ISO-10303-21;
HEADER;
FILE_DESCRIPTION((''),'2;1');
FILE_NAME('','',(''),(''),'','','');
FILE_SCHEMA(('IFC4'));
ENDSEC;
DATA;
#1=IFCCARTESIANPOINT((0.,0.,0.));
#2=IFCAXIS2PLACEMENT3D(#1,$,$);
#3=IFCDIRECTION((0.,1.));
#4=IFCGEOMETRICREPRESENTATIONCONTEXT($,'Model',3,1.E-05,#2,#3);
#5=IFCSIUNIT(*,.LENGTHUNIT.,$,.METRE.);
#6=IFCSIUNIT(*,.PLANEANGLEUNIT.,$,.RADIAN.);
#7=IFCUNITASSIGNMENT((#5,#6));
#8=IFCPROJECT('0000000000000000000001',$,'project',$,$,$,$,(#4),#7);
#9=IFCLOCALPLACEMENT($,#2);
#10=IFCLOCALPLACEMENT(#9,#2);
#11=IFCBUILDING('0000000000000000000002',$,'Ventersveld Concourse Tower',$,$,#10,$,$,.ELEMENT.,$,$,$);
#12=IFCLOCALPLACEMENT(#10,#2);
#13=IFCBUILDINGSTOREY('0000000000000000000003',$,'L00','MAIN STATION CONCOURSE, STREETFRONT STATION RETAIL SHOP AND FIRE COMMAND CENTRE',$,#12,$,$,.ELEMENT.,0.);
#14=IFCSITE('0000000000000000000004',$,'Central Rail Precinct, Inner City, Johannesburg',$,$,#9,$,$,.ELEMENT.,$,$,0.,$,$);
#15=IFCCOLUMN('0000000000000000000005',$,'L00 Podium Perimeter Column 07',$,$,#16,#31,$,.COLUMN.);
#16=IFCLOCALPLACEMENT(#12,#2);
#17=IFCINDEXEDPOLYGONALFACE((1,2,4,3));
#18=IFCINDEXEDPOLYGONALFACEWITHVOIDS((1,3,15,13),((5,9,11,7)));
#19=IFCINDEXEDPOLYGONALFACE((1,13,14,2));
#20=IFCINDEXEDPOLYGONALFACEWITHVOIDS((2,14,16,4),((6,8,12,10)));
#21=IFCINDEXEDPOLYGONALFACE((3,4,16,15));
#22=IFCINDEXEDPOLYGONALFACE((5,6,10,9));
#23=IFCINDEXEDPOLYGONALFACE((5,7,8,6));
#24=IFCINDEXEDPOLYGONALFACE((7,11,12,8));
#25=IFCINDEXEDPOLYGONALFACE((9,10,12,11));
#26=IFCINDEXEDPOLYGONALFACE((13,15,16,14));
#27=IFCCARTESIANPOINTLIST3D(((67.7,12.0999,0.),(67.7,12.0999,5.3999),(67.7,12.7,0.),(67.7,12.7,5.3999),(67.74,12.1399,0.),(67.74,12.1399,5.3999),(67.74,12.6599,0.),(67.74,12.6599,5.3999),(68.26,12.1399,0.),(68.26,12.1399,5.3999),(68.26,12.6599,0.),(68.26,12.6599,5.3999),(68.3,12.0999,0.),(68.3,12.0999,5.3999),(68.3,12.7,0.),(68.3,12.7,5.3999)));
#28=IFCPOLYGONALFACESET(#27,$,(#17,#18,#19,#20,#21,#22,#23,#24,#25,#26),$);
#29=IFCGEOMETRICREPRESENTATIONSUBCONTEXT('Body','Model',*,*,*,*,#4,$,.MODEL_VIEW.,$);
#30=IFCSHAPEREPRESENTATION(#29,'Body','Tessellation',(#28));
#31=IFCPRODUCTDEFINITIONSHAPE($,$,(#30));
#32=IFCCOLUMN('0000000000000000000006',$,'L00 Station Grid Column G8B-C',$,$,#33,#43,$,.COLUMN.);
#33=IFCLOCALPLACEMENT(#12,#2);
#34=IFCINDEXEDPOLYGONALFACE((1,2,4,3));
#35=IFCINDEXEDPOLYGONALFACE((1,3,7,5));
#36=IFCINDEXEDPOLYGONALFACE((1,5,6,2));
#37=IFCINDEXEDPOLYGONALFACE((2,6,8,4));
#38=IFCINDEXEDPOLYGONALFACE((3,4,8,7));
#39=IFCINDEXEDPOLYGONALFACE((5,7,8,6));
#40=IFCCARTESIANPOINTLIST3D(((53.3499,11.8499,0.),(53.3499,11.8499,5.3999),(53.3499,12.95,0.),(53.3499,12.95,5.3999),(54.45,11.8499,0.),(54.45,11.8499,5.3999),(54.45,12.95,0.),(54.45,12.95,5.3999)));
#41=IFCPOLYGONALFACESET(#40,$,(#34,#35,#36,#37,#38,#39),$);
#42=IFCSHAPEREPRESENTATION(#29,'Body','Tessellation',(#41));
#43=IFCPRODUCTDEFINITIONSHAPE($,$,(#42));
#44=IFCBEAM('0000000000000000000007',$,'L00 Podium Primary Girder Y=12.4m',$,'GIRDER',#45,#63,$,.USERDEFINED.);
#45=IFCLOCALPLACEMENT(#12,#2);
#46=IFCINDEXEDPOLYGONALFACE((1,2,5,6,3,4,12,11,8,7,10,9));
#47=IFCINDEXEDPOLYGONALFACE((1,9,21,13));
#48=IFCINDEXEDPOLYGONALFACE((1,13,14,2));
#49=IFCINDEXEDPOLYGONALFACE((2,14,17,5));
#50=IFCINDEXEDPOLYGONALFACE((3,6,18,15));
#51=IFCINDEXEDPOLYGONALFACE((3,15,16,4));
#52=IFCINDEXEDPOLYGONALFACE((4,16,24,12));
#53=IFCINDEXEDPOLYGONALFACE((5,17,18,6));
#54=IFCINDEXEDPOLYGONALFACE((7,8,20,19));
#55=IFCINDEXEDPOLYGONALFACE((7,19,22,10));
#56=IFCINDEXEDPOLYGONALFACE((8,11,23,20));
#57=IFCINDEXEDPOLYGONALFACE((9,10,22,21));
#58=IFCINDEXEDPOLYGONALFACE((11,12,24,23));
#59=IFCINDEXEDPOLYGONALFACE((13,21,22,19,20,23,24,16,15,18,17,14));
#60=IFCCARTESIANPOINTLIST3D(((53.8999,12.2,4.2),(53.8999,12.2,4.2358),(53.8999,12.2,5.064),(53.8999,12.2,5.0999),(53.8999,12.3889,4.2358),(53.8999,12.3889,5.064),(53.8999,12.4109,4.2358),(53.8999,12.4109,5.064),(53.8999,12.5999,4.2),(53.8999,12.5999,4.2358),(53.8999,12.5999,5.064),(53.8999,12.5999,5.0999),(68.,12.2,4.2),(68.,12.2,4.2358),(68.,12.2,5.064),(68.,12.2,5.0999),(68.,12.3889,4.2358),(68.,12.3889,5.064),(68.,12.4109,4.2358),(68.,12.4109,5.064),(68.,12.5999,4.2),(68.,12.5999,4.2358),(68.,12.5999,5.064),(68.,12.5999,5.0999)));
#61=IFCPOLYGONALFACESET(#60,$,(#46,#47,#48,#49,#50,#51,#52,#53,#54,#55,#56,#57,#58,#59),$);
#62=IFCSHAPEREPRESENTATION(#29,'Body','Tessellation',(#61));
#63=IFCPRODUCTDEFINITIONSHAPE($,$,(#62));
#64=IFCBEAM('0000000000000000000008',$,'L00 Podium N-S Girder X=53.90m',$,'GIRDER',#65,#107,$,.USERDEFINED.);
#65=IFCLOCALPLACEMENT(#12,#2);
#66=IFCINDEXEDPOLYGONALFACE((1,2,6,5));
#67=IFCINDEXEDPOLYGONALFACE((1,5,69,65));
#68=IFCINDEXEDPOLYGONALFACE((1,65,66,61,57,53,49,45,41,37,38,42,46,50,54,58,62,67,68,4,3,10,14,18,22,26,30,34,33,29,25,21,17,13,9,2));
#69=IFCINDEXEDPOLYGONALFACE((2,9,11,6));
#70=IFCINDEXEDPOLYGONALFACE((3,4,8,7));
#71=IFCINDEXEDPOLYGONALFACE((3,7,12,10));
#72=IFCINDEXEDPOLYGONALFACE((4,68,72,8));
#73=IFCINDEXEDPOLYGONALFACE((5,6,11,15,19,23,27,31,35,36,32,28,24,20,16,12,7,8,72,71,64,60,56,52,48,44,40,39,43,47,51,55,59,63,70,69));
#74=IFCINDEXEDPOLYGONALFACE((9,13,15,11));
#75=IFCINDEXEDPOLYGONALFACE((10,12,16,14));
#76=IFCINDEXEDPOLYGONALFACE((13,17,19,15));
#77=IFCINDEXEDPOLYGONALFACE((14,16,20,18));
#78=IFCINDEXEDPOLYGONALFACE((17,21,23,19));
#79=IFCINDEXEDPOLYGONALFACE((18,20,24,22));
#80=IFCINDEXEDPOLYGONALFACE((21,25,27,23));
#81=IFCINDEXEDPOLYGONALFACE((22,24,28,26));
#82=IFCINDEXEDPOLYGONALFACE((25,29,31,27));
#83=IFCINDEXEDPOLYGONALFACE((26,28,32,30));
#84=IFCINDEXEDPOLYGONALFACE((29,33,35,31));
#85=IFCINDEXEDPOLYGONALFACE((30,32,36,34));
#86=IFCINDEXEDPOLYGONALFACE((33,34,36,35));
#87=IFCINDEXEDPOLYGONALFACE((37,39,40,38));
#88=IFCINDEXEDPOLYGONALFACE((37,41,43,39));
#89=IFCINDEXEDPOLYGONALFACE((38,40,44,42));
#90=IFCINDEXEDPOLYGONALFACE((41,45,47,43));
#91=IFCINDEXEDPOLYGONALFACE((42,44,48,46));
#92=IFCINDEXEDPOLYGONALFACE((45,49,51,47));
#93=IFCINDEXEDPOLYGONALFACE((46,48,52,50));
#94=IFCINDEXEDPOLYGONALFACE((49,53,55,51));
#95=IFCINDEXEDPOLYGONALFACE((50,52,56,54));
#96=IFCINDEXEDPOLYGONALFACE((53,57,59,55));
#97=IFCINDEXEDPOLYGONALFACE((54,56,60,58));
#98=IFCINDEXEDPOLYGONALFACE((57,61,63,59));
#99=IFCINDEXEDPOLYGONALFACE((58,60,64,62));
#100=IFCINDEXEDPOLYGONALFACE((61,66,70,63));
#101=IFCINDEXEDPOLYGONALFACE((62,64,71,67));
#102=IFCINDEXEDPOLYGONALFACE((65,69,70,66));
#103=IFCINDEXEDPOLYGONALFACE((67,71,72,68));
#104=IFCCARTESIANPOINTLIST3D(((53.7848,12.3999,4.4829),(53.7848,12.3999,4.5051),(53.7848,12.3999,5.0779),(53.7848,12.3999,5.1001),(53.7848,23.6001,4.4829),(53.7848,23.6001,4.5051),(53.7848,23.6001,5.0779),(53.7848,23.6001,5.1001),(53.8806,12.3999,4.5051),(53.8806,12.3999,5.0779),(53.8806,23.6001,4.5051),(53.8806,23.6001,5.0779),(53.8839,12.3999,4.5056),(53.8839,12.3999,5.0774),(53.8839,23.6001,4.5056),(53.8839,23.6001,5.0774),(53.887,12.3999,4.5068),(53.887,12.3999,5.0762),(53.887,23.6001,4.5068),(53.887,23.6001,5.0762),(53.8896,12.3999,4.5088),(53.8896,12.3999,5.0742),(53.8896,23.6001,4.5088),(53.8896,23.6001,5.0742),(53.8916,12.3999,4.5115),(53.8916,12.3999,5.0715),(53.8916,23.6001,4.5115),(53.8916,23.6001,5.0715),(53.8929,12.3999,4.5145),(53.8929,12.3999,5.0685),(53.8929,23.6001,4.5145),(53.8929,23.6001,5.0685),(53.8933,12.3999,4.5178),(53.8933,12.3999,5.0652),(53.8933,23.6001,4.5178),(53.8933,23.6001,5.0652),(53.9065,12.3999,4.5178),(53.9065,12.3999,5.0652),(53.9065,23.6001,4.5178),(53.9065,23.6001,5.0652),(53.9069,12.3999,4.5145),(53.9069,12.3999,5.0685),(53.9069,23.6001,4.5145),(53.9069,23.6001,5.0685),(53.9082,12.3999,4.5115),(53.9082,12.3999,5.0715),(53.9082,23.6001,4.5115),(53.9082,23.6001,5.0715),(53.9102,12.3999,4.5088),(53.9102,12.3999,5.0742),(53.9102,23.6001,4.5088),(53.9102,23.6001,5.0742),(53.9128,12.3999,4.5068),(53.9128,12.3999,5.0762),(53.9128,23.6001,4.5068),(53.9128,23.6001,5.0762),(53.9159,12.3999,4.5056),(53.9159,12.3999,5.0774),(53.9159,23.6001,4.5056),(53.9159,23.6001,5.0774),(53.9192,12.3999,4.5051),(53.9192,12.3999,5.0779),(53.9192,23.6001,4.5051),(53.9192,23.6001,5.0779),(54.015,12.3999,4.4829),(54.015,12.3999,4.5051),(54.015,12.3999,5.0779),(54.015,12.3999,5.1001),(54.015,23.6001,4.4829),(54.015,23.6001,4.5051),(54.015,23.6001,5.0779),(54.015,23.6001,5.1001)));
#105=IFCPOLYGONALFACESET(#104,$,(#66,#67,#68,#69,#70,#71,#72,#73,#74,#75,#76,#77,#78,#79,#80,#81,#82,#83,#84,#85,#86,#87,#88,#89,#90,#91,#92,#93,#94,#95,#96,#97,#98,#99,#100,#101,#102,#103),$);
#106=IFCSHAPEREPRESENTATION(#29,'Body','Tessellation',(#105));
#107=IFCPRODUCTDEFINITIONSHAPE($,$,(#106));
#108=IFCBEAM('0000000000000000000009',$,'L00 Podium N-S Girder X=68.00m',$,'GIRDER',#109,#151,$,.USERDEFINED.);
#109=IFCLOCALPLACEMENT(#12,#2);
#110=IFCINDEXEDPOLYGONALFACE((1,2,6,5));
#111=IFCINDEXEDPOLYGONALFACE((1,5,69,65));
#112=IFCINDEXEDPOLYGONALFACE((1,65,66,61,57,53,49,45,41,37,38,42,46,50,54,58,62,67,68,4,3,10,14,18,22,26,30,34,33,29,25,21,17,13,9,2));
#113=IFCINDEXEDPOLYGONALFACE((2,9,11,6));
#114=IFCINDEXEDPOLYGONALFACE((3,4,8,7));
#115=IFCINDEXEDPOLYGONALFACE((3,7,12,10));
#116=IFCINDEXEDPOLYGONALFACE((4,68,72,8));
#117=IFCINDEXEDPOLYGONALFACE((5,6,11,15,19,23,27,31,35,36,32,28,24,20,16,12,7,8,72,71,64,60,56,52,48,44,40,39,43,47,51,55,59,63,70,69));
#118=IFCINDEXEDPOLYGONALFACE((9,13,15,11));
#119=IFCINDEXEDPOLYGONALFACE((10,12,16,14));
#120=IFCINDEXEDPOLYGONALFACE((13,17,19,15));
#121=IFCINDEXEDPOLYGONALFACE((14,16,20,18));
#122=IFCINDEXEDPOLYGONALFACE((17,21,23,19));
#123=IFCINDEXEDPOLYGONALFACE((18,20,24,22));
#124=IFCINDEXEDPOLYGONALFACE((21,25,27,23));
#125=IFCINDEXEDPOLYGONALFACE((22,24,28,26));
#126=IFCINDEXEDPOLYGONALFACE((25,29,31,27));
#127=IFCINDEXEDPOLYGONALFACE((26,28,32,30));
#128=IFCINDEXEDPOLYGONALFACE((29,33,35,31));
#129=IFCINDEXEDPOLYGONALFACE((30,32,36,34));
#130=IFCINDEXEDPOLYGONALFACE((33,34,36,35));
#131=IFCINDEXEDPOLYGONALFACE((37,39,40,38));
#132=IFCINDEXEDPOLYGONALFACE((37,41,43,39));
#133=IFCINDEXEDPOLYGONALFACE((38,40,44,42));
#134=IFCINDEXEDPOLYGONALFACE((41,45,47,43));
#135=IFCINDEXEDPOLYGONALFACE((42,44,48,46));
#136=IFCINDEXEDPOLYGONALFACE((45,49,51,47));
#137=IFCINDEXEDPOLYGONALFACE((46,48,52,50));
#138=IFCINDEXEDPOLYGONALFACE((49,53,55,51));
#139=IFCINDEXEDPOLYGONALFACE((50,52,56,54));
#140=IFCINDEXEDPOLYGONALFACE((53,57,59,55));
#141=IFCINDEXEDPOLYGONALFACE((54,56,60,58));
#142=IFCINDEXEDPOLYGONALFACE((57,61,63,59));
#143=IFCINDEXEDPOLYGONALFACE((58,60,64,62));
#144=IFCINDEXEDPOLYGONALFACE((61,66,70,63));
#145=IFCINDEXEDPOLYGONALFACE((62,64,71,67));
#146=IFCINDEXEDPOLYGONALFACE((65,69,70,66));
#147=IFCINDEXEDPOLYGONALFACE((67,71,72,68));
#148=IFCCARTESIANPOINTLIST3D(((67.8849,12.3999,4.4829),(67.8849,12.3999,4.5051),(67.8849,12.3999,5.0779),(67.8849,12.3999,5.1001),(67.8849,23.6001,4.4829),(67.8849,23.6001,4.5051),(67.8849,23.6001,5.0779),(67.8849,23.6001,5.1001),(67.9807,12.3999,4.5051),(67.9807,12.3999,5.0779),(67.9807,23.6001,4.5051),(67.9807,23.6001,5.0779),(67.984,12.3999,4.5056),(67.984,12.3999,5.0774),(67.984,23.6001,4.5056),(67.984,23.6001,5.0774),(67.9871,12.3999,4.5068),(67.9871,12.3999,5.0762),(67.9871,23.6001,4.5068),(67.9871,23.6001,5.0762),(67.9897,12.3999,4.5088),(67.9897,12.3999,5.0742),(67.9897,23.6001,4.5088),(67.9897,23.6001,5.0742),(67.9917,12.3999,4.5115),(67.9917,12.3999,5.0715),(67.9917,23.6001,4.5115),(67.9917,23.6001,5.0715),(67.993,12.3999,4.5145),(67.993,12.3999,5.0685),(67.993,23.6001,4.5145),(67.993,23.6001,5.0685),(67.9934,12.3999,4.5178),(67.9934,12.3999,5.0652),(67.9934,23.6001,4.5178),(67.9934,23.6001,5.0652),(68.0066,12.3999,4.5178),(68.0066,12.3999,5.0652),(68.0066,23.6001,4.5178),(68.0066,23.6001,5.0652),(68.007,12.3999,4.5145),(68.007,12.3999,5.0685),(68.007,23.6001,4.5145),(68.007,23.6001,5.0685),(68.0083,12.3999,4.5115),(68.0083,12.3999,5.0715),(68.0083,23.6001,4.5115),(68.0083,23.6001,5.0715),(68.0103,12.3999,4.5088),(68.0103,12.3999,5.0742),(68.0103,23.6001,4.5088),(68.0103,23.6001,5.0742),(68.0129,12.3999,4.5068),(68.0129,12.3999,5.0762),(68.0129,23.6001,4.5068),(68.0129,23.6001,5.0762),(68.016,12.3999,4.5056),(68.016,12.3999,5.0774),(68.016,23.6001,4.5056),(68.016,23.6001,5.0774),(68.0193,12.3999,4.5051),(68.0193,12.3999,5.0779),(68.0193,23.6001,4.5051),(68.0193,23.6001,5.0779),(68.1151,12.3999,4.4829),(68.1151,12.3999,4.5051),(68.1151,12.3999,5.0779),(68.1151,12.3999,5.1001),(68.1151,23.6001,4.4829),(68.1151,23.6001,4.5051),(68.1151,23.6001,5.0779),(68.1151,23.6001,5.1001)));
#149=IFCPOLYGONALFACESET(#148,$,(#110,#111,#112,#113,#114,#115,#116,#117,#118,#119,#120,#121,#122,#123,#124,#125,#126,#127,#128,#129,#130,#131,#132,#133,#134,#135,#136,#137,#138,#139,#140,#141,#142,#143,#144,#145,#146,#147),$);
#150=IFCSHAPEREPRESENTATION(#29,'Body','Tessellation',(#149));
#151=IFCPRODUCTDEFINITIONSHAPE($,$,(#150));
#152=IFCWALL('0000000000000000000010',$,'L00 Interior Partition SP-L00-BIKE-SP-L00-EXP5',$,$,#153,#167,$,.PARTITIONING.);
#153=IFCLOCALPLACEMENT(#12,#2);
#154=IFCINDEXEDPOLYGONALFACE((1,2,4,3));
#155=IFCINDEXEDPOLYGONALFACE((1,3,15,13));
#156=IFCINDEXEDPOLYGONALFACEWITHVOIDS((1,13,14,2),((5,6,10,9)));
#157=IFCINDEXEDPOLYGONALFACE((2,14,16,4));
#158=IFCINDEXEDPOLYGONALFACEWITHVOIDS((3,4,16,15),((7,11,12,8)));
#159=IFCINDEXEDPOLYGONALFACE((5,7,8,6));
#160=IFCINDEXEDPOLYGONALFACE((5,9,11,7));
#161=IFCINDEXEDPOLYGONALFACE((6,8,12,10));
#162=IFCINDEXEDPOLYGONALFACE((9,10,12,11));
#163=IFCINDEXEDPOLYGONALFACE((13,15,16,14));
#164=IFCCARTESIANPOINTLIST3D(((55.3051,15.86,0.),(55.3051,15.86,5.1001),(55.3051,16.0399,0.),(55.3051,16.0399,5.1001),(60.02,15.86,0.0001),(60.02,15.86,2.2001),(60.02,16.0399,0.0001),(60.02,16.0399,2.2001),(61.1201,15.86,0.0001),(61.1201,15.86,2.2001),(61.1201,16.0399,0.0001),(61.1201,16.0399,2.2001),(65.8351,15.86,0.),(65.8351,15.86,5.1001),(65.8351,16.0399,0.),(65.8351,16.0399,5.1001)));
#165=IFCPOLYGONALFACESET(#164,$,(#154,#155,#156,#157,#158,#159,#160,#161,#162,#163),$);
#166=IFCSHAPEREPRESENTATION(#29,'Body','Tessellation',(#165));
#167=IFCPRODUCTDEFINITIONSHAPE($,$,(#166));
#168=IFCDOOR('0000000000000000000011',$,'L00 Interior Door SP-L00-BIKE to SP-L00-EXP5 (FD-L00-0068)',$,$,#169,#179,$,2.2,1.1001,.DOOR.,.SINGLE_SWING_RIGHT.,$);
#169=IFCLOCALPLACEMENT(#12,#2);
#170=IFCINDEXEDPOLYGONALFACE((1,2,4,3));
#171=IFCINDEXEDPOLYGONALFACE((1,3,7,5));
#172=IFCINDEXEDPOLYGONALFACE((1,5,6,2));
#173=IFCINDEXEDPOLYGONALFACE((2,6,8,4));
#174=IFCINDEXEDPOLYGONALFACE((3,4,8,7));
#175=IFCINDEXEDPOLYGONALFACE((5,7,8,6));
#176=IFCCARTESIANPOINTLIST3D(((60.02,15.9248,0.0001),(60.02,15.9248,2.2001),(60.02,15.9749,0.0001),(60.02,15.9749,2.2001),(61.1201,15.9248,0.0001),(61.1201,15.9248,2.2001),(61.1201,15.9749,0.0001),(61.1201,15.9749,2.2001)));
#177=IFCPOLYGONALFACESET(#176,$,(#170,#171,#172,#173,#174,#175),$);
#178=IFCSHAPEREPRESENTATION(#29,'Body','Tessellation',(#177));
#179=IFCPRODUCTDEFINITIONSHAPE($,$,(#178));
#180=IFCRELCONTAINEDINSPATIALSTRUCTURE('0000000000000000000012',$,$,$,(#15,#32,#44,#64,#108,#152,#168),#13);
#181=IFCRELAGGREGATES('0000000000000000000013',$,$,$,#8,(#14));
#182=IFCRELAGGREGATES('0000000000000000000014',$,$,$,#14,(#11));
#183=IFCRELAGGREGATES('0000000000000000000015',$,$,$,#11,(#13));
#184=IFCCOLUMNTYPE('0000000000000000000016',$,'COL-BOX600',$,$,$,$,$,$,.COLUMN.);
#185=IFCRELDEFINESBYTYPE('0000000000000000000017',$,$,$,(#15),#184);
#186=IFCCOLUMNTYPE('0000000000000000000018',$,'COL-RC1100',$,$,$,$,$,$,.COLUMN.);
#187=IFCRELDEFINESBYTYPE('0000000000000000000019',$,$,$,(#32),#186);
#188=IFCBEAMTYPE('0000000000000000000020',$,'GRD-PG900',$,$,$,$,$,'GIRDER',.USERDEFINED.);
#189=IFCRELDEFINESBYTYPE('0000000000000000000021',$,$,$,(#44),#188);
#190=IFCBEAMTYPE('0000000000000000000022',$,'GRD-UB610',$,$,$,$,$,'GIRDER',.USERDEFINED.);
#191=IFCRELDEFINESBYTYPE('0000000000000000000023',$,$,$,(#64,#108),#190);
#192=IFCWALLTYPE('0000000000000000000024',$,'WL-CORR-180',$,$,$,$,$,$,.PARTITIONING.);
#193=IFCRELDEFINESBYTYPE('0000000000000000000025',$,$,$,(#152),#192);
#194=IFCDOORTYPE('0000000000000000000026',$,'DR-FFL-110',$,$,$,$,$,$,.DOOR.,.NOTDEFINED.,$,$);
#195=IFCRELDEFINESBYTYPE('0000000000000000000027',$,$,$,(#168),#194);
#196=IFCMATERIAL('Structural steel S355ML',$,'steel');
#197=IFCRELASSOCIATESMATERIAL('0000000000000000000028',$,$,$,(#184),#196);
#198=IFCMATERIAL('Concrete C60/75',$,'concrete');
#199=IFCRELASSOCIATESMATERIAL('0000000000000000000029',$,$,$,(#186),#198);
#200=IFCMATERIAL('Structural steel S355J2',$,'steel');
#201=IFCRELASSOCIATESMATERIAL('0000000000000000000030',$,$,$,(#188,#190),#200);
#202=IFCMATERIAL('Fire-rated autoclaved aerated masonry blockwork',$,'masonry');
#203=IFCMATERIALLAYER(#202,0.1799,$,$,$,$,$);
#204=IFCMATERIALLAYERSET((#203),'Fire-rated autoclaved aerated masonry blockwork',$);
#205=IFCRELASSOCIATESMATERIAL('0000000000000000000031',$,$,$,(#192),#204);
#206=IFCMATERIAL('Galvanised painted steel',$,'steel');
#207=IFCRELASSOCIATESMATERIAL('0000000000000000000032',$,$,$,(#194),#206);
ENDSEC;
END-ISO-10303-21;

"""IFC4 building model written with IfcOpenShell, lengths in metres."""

from ifc_helpers import new_model, si_unit, direction, frame, frame_2d, origin, origin_2d, place, context, subcontext, project, spatial, rectangle, hollow_rectangle, i_section, extrude, material, layer, layer_set, material_profile, profile_set, type_object, element, fill, save


model = new_model("IFC4")

# Units and contexts
model_context = context("Model", 3, precision=1e-05, world=origin(), true_north=direction((0.0, 1.0)))
body_context = subcontext(model_context, "Body", "Model", "MODEL_VIEW")
ifc_project = project(units=[si_unit("LENGTHUNIT", "METRE"), si_unit("PLANEANGLEUNIT", "RADIAN")], contexts=[model_context])

# Site, building, storey
site_placement = place(None, origin())
site = spatial("IfcSite", under=ifc_project, at=site_placement, Name="Central Rail Precinct, Inner City, Johannesburg", CompositionType="ELEMENT", RefElevation=0.0)
building_placement = place(site_placement, origin())
building = spatial("IfcBuilding", under=site, at=building_placement, Name="Ventersveld Concourse Tower", CompositionType="ELEMENT")
storey_placement = place(building_placement, origin())
storey = spatial("IfcBuildingStorey", under=building, at=storey_placement, Name="L00", Description="MAIN STATION CONCOURSE, STREETFRONT STATION RETAIL SHOP AND FIRE COMMAND CENTRE", CompositionType="ELEMENT", Elevation=0.0)

# Columns
ifc_material_1 = material(Name="Structural steel S355ML", Category="steel")
ifc_material_profile_1 = material_profile(ifc_material_1, hollow_rectangle(XDim=0.6001, YDim=0.6001, WallThickness=0.04, at=origin_2d()), Name="BOX 600x600x40")
ifc_profile_set_1 = profile_set([ifc_material_profile_1], Name="Structural steel S355ML")
column_type_1 = type_object("IfcColumnType", Name="COL-BOX600", PredefinedType="COLUMN", material=ifc_profile_set_1)
column_1_placement = place(storey_placement, frame((68.0, 12.3999, 0.0), z_axis=(0.0, 0.0, 1.0), x_axis=(1.0, 0.0, 0.0)))
element("IfcColumn", 1, at=column_1_placement, inside=storey, type_object=column_type_1, Name="L00 Podium Perimeter Column 07", PredefinedType="COLUMN", context=body_context, shape_type="SweptSolid", body=[
    extrude(hollow_rectangle(XDim=0.6001, YDim=0.6001, WallThickness=0.04, at=origin_2d()), origin(), (0.0, 0.0, 1.0), 5.3999),
])
ifc_material_2 = material(Name="Concrete C60/75", Category="concrete")
ifc_material_profile_2 = material_profile(ifc_material_2, rectangle(XDim=1.1001, YDim=1.1001, at=origin_2d()), Name="RC 1100x1100")
ifc_profile_set_2 = profile_set([ifc_material_profile_2], Name="Concrete C60/75")
column_type_2 = type_object("IfcColumnType", Name="COL-RC1100", PredefinedType="COLUMN", material=ifc_profile_set_2)
column_2_placement = place(storey_placement, frame((53.8999, 12.3999, 0.0), z_axis=(0.0, 0.0, 1.0), x_axis=(1.0, 0.0, 0.0)))
element("IfcColumn", 2, at=column_2_placement, inside=storey, type_object=column_type_2, Name="L00 Station Grid Column G8B-C", PredefinedType="COLUMN", context=body_context, shape_type="SweptSolid", body=[
    extrude(rectangle(XDim=1.1001, YDim=1.1001, at=origin_2d()), origin(), (0.0, 0.0, 1.0), 5.3999),
])

# Beams
ifc_material_3 = material(Name="Structural steel S355J2", Category="steel")
ifc_material_profile_3 = material_profile(ifc_material_3, i_section(OverallWidth=0.3999, OverallDepth=0.8999, WebThickness=0.022, FlangeThickness=0.0359, at=origin_2d()), Name="PG 900x400x36")
ifc_profile_set_3 = profile_set([ifc_material_profile_3], Name="Structural steel S355J2")
beam_type_1 = type_object("IfcBeamType", Name="GRD-PG900", ElementType="GIRDER", PredefinedType="USERDEFINED", material=ifc_profile_set_3)
beam_placement = place(storey_placement, frame((53.8999, 12.3999, 4.6499), z_axis=(1.0, 0.0, 0.0), x_axis=(0.0, 1.0, 0.0)))
element("IfcBeam", 3, at=beam_placement, inside=storey, type_object=beam_type_1, Name="L00 Podium Primary Girder Y=12.4m", ObjectType="GIRDER", PredefinedType="USERDEFINED", context=body_context, shape_type="SweptSolid", body=[
    extrude(i_section(OverallWidth=0.3999, OverallDepth=0.8999, WebThickness=0.022, FlangeThickness=0.0359, at=origin_2d()), origin(), (0.0, 0.0, 1.0), 14.1001),
])
ifc_material_profile_4 = material_profile(ifc_material_3, i_section(OverallWidth=0.2302, OverallDepth=0.6172, WebThickness=0.0132, FlangeThickness=0.0222, FilletRadius=0.0127, at=origin_2d()), Name="UB 610x229x140")
ifc_profile_set_4 = profile_set([ifc_material_profile_4], Name="Structural steel S355J2")
beam_type_2 = type_object("IfcBeamType", Name="GRD-UB610", ElementType="GIRDER", PredefinedType="USERDEFINED", material=ifc_profile_set_4)
for number, where, z_axis, x_axis, name in (
    (4, (53.8999, 12.3999, 4.7915), (0.0, 1.0, 0.0), (-1.0, 0.0, 0.0), "L00 Podium N-S Girder X=53.90m"),
    (5, (68.0, 12.3999, 4.7915), (0.0, 1.0, 0.0), (-1.0, 0.0, 0.0), "L00 Podium N-S Girder X=68.00m"),
):
    element("IfcBeam", number, at=place(storey_placement, frame(where, z_axis=z_axis, x_axis=x_axis)), inside=storey, type_object=beam_type_2, Name=name, ObjectType="GIRDER", PredefinedType="USERDEFINED", context=body_context, shape_type="SweptSolid", body=[
        extrude(i_section(OverallWidth=0.2302, OverallDepth=0.6172, WebThickness=0.0132, FlangeThickness=0.0222, FilletRadius=0.0127, at=origin_2d()), origin(), (0.0, 0.0, 1.0), 11.2002),
    ])

# Wall, opening, door
ifc_material_4 = material(Name="Fire-rated autoclaved aerated masonry blockwork", Category="masonry")
ifc_layer_1 = layer(ifc_material_4, 0.1799)
ifc_layer_set_1 = layer_set([ifc_layer_1], Name="Fire-rated autoclaved aerated masonry blockwork")
wall_type_1 = type_object("IfcWallType", Name="WL-CORR-180", PredefinedType="PARTITIONING", material=ifc_layer_set_1)
wall_1_placement = place(storey_placement, frame((55.3049, 15.95, 0.0), z_axis=(0.0, 0.0, 1.0), x_axis=(1.0, 0.0, 0.0)))
wall_1 = element("IfcWall", 6, at=wall_1_placement, inside=storey, type_object=wall_type_1, Name="L00 Interior Partition SP-L00-BIKE-SP-L00-EXP5", PredefinedType="PARTITIONING", context=body_context, shape_type="SweptSolid", body=[
    extrude(rectangle(XDim=10.53, YDim=0.1799, at=frame_2d((5.2651, 0.0))), origin(), (0.0, 0.0, 1.0), 5.1001),
])
opening_1_placement = place(wall_1_placement, frame((4.7151, 0.0, 0.0)))
opening_1 = element("IfcOpeningElement", 7, at=opening_1_placement, cuts=wall_1, PredefinedType="OPENING", context=body_context, shape_type="SweptSolid", body=[
    extrude(rectangle(XDim=1.1001, YDim=2.2, at=frame_2d((0.55, 1.1001))), frame((0.0, 0.1001, 0.0), z_axis=(0.0, -1.0, 0.0), x_axis=(1.0, 0.0, 0.0)), (0.0, 0.0, 1.0), 0.2),
])
ifc_material_5 = material(Name="Galvanised painted steel", Category="steel")
door_type_1 = type_object("IfcDoorType", Name="DR-FFL-110", OperationType="NOTDEFINED", PredefinedType="DOOR", material=ifc_material_5)
door_1_placement = place(opening_1_placement, origin())
door_1 = element("IfcDoor", 8, at=door_1_placement, inside=storey, type_object=door_type_1, Name="L00 Interior Door SP-L00-BIKE to SP-L00-EXP5 (FD-L00-0068)", OperationType="SINGLE_SWING_RIGHT", OverallHeight=2.2, OverallWidth=1.1001, PredefinedType="DOOR", context=body_context, shape_type="SweptSolid", body=[
    extrude(rectangle(XDim=1.1001, YDim=2.2, at=frame_2d((0.55, 1.1001))), frame((0.0, 0.0249, 0.0), z_axis=(0.0, -1.0, 0.0), x_axis=(1.0, 0.0, 0.0)), (0.0, 0.0, 1.0), 0.05),
])
fill(opening_1, door_1)

save(model, "model.ifc")
